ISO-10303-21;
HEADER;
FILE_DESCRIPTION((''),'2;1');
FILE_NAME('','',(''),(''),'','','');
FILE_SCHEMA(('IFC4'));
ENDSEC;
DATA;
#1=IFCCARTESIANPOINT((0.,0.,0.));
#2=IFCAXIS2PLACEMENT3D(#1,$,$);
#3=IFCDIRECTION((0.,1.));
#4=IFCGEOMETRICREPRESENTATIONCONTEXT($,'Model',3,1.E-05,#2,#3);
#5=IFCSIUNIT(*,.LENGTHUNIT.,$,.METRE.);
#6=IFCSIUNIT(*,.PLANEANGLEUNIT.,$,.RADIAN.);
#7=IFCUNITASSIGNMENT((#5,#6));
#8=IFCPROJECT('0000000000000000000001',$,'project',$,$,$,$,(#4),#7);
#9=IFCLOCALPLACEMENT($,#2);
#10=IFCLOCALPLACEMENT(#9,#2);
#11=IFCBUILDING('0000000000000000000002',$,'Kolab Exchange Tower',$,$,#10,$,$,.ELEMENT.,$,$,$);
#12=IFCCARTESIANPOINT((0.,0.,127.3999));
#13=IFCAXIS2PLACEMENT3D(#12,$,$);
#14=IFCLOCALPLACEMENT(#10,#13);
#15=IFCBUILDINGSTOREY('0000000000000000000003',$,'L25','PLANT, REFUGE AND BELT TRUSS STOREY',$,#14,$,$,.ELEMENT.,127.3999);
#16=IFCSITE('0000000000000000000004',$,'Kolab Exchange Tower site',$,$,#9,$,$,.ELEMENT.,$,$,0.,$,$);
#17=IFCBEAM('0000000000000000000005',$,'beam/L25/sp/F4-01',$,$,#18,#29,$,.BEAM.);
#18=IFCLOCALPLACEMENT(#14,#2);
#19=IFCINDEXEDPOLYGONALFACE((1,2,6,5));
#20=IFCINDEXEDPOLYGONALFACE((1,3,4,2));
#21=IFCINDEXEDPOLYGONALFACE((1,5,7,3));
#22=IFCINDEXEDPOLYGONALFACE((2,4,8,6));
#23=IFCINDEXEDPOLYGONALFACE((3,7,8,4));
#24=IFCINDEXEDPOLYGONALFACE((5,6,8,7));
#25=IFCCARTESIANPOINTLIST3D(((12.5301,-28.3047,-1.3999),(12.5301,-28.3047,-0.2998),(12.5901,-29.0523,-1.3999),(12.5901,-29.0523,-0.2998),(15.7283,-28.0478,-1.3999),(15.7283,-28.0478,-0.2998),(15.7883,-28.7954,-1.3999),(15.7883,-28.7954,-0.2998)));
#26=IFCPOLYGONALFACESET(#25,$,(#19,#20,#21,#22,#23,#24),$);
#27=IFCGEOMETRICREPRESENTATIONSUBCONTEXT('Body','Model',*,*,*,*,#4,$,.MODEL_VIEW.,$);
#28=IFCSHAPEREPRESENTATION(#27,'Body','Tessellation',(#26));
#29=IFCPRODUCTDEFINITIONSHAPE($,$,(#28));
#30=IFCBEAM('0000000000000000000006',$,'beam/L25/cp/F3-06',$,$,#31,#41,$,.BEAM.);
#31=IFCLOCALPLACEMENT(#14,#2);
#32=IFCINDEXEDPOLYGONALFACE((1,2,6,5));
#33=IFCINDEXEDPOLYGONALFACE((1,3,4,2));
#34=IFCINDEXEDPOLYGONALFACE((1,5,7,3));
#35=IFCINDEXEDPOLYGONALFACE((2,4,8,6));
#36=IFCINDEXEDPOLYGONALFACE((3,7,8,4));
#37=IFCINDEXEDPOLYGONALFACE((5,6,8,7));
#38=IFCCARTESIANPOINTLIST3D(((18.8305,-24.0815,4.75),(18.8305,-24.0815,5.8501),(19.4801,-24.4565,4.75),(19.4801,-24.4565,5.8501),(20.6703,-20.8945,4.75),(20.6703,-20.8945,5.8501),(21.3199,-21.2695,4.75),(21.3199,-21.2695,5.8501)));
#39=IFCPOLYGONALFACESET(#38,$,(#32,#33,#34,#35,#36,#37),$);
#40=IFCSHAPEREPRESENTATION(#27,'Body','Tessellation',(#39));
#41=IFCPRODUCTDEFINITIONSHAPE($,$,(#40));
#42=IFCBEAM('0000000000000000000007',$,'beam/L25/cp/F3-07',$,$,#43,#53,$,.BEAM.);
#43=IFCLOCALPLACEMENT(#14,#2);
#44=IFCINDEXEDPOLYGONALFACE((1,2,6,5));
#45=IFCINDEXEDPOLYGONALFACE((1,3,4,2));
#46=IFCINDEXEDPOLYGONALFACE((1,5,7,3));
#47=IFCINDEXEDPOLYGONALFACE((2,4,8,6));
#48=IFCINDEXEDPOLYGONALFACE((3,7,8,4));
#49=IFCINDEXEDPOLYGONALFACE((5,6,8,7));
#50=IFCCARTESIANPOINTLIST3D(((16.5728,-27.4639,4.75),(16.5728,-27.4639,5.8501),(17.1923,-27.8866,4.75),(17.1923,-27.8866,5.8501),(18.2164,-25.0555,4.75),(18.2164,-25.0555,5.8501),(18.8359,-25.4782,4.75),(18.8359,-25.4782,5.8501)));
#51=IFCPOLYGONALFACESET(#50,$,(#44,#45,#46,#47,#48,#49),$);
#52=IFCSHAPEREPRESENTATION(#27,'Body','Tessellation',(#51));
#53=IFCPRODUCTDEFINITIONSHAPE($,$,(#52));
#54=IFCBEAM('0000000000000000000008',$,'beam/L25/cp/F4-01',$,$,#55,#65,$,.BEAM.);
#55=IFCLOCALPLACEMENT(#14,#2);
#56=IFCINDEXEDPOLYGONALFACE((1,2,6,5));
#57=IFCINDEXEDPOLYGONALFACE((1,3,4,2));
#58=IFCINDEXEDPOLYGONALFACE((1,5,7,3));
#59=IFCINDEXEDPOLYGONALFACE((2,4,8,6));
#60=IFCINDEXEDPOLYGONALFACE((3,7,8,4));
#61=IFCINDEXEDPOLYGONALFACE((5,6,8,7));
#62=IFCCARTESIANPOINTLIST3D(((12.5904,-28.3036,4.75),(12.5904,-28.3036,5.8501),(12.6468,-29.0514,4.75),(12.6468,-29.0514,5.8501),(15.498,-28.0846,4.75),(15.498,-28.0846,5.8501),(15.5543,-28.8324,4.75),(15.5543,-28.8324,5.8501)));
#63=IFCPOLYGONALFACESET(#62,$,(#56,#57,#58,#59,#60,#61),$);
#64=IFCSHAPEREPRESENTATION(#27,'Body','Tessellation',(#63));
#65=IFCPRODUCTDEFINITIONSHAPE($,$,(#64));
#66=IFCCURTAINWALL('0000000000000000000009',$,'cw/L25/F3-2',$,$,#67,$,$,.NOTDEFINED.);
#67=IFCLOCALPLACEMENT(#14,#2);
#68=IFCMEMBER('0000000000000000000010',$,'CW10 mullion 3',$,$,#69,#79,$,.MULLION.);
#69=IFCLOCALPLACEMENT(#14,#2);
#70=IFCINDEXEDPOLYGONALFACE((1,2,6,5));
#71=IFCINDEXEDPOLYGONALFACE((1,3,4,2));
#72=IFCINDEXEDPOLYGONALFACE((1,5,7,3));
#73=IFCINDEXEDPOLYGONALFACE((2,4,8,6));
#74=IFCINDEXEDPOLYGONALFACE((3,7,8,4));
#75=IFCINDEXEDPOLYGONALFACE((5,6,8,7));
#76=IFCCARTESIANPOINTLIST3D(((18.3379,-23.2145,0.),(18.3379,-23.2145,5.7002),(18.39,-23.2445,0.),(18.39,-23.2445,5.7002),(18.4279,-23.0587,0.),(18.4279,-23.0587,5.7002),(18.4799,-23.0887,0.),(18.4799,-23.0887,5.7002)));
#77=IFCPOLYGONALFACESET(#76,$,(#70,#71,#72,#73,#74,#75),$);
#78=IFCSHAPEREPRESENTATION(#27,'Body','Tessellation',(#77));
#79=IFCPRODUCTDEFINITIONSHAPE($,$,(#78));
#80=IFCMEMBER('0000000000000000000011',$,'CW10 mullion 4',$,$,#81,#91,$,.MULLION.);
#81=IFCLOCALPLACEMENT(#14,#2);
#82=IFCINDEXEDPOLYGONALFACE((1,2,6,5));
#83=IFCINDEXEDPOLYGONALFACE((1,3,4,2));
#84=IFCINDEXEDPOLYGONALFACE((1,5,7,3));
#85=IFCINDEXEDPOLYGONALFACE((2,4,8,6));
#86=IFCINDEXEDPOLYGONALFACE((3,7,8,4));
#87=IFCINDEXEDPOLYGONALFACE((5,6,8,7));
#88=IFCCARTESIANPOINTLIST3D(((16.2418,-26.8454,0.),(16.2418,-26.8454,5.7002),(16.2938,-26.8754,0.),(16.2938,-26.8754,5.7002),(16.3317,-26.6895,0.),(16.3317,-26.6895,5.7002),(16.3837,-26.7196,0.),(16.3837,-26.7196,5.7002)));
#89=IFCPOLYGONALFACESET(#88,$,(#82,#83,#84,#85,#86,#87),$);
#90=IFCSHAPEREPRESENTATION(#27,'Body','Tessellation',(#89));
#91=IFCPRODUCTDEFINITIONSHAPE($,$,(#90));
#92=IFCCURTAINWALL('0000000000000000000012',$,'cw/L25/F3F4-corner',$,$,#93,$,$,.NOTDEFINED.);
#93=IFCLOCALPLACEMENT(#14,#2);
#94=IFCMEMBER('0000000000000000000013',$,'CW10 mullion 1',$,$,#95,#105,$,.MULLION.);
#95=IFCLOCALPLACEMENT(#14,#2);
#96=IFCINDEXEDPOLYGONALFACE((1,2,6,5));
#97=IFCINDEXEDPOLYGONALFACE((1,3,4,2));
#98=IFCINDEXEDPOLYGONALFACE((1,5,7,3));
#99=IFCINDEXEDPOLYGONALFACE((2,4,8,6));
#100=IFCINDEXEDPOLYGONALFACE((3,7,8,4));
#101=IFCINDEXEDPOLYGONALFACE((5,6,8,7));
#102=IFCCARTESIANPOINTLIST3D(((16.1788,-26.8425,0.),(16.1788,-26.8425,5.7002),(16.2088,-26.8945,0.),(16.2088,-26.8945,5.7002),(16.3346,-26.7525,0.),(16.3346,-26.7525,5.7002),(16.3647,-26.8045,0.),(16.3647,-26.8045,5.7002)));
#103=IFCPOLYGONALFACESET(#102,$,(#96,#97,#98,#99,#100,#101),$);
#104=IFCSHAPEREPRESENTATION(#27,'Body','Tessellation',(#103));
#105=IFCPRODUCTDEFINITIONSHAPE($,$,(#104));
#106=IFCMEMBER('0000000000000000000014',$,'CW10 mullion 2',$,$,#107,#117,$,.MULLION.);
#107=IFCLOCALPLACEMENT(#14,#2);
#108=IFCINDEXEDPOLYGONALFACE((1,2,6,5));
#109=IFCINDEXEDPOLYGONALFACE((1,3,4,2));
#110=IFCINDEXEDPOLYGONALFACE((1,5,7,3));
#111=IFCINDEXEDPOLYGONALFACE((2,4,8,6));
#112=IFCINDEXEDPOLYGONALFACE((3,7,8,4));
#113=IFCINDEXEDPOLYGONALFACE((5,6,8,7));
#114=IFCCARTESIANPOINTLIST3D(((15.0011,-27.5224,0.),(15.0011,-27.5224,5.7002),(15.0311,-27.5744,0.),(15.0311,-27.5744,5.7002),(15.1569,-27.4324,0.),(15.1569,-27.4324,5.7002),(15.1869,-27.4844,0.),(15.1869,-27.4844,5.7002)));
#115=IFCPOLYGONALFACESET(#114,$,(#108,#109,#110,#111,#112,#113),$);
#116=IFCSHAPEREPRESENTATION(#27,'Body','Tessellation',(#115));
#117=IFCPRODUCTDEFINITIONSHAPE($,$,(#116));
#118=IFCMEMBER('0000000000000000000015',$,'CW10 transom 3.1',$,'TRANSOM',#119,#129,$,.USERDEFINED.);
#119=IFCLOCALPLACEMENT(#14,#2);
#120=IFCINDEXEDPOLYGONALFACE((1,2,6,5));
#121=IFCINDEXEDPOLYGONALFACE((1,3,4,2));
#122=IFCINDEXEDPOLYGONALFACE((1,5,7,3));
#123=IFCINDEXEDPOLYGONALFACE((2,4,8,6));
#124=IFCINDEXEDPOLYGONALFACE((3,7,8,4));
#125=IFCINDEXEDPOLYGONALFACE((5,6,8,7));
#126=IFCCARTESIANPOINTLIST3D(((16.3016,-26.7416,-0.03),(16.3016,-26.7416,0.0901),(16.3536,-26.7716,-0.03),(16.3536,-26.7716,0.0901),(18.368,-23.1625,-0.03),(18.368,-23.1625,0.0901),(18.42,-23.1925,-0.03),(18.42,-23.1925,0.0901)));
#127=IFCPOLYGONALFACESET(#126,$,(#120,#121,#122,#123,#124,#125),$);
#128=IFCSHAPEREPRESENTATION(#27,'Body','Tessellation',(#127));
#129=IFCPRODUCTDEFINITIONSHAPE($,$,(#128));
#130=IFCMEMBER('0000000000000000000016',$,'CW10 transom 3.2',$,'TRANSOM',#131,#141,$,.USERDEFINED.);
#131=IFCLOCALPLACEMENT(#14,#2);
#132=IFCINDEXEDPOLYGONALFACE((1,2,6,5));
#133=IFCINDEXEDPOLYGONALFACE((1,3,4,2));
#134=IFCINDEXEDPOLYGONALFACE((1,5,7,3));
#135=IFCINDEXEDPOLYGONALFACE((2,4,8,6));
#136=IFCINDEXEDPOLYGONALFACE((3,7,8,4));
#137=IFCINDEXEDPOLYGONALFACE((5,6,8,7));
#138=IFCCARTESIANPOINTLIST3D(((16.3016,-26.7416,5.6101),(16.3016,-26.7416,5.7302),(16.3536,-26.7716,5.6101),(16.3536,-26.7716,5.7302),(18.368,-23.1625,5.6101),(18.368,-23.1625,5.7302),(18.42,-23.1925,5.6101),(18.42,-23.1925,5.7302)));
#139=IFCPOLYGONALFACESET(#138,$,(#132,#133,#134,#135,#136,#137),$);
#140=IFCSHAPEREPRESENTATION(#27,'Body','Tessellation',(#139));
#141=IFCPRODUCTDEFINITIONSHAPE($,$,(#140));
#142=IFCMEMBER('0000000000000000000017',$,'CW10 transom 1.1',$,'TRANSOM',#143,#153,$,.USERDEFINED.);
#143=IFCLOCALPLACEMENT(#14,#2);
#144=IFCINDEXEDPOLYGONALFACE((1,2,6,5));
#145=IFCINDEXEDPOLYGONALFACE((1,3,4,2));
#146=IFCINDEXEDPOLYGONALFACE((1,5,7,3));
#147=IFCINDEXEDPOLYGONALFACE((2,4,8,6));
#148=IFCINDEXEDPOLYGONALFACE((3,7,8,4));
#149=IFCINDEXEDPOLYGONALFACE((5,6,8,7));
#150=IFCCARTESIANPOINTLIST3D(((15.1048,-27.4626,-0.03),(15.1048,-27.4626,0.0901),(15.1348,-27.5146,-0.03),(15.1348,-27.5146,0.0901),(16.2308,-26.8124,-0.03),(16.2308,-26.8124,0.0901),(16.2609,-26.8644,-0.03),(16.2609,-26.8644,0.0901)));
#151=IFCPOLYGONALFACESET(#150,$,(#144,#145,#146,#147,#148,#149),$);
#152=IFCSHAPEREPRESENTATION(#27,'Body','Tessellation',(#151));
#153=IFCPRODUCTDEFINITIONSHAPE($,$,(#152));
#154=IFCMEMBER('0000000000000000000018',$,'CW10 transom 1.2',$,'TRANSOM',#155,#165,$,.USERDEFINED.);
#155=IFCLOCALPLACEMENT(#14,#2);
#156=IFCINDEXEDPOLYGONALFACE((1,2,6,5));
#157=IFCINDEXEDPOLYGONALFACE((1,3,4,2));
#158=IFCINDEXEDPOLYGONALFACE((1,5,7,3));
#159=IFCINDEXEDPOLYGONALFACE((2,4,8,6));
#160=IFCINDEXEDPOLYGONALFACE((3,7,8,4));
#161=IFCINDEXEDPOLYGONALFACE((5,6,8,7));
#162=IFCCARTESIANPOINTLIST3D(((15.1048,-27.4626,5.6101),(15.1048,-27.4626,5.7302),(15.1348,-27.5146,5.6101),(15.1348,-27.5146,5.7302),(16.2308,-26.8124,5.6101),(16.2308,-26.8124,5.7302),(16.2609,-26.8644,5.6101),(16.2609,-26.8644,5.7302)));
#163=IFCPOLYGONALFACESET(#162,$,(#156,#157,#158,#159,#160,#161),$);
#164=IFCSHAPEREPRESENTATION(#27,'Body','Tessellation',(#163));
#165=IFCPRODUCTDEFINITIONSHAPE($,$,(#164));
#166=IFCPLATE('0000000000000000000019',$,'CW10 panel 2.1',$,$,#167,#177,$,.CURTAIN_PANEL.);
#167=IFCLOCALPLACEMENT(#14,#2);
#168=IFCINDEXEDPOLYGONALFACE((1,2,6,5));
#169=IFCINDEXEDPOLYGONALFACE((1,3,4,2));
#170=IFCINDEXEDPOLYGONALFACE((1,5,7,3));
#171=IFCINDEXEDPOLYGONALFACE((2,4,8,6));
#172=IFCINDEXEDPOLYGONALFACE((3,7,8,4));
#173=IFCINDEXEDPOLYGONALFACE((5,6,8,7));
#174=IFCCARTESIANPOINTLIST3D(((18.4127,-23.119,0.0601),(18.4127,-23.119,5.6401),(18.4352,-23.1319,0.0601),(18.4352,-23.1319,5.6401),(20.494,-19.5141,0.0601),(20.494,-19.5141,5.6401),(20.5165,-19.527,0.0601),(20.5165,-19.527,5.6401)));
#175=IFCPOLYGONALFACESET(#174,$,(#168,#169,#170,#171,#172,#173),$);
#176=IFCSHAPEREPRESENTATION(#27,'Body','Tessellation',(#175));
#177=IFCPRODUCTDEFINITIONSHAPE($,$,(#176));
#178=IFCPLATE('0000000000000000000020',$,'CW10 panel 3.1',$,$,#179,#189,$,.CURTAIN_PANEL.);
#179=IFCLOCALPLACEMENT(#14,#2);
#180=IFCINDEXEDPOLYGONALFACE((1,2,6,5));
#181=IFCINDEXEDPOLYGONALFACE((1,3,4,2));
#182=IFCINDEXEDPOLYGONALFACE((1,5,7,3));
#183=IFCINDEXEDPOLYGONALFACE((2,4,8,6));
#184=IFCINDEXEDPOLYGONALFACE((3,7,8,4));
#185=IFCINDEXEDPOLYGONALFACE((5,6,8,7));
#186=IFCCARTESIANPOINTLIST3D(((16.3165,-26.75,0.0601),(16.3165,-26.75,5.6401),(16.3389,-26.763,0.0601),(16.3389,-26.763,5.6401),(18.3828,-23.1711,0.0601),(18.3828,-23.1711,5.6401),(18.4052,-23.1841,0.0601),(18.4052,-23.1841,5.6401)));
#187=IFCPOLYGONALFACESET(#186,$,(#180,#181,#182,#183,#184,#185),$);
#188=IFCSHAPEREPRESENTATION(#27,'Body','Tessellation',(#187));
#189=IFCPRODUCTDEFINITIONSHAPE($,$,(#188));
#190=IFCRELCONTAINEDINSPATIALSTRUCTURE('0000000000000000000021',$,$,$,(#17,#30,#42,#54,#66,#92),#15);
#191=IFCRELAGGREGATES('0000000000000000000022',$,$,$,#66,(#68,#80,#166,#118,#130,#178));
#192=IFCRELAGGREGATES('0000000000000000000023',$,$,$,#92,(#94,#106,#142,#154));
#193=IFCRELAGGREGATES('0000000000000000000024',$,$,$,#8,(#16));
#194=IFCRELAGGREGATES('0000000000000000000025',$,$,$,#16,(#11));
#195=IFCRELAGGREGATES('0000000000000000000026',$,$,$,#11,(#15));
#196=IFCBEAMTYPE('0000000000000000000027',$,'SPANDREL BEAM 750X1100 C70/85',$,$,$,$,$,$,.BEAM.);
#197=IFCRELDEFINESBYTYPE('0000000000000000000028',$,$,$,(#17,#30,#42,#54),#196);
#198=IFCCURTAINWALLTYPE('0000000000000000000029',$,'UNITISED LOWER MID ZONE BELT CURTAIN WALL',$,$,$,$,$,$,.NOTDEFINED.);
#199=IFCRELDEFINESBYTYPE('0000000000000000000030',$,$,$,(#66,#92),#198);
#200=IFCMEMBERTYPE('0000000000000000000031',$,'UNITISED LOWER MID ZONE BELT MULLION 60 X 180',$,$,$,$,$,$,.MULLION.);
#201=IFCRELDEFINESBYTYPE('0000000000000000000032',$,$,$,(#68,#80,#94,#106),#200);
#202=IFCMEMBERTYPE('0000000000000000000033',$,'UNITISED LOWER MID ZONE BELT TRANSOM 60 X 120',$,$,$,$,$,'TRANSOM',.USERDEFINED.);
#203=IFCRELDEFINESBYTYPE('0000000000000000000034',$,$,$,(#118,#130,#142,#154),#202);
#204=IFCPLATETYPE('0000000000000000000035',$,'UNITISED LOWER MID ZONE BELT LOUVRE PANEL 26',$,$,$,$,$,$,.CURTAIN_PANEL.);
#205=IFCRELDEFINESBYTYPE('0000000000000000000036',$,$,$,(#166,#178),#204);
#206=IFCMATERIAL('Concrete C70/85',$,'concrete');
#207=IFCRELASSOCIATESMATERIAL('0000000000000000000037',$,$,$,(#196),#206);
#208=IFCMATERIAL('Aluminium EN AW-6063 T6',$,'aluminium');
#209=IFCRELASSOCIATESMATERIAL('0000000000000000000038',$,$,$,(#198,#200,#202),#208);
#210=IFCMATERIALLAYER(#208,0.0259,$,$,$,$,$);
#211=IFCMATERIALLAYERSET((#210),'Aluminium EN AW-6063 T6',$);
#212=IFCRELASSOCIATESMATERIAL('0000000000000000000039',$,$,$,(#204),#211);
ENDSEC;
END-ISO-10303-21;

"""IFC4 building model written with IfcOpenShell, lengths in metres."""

from ifc_helpers import new_model, si_unit, direction, frame, origin, origin_2d, place, context, subcontext, project, spatial, rectangle, extrude, material, layer, layer_set, material_profile, profile_set, type_object, element, aggregate, save


model = new_model("IFC4")

# Units and contexts
model_context = context("Model", 3, precision=1e-05, world=origin(), true_north=direction((0.0, 1.0)))
body_context = subcontext(model_context, "Body", "Model", "MODEL_VIEW")
ifc_project = project(units=[si_unit("LENGTHUNIT", "METRE"), si_unit("PLANEANGLEUNIT", "RADIAN")], contexts=[model_context])

# Site, building, storey
site_placement = place(None, origin())
site = spatial("IfcSite", under=ifc_project, at=site_placement, Name="Kolab Exchange Tower site", CompositionType="ELEMENT", RefElevation=0.0)
building_placement = place(site_placement, origin())
building = spatial("IfcBuilding", under=site, at=building_placement, Name="Kolab Exchange Tower", CompositionType="ELEMENT")
storey_placement = place(building_placement, frame((0.0, 0.0, 127.3999)))
storey = spatial("IfcBuildingStorey", under=building, at=storey_placement, Name="L25", Description="PLANT, REFUGE AND BELT TRUSS STOREY", CompositionType="ELEMENT", Elevation=127.3999)

# Shared definitions
ifc_material_1 = material(Name="Concrete C70/85", Category="concrete")

# Beams
ifc_material_profile_1 = material_profile(ifc_material_1, rectangle(XDim=0.75, YDim=1.1001, at=origin_2d()), Name="RC750X1100")
ifc_profile_set_1 = profile_set([ifc_material_profile_1], Name="Concrete C70/85")
beam_type_1 = type_object("IfcBeamType", Name="SPANDREL BEAM 750X1100 C70/85", PredefinedType="BEAM", material=ifc_profile_set_1)
for number, where, z_axis, x_axis, name in (
    (1, (15.7583, -28.4216, -0.8499), (-0.996791, -0.080048, 0.0), (0.080048, -0.996791, 0.0), "beam/L25/sp/F4-01"),
):
    element("IfcBeam", number, at=place(storey_placement, frame(where, z_axis=z_axis, x_axis=x_axis)), inside=storey, type_object=beam_type_1, Name=name, PredefinedType="BEAM", context=body_context, shape_type="SweptSolid", body=[
        extrude(rectangle(XDim=0.75, YDim=1.1001, at=origin_2d()), origin(), (0.0, 0.0, 1.0), 3.2085),
    ])
beam_1_placement = place(storey_placement, frame((20.9951, -21.082, 5.3), z_axis=(-0.499964, -0.866046, 0.0), x_axis=(0.866046, -0.499964, 0.0)))
element("IfcBeam", 2, at=beam_1_placement, inside=storey, type_object=beam_type_1, Name="beam/L25/cp/F3-06", PredefinedType="BEAM", context=body_context, shape_type="SweptSolid", body=[
    extrude(rectangle(XDim=0.75, YDim=1.1001, at=origin_2d()), origin(), (0.0, 0.0, 1.0), 3.6799),
])
for number, where, z_axis, x_axis, name in (
    (3, (18.5261, -25.2668, 5.3), (-0.563672, -0.825999, 0.0), (0.825999, -0.563672, 0.0), "beam/L25/cp/F3-07"),
    (4, (15.5261, -28.4585, 5.3), (-0.997175, -0.075108, 0.0), (0.075108, -0.997175, 0.0), "beam/L25/cp/F4-01"),
):
    element("IfcBeam", number, at=place(storey_placement, frame(where, z_axis=z_axis, x_axis=x_axis)), inside=storey, type_object=beam_type_1, Name=name, PredefinedType="BEAM", context=body_context, shape_type="SweptSolid", body=[
        extrude(rectangle(XDim=0.75, YDim=1.1001, at=origin_2d()), origin(), (0.0, 0.0, 1.0), 2.9158),
    ])

# Curtain walls, members
ifc_material_2 = material(Name="Aluminium EN AW-6063 T6", Category="aluminium")
curtain_wall_type = type_object("IfcCurtainWallType", Name="UNITISED LOWER MID ZONE BELT CURTAIN WALL", PredefinedType="NOTDEFINED", material=ifc_material_2)
curtain_wall_1_placement = place(storey_placement, origin())
curtain_wall_1 = element("IfcCurtainWall", 5, at=curtain_wall_1_placement, inside=storey, type_object=curtain_wall_type, Name="cw/L25/F3-2", PredefinedType="NOTDEFINED")
ifc_material_profile_2 = material_profile(ifc_material_2, rectangle(XDim=0.0601, YDim=0.1799, at=origin_2d()), Name="RECT 60X180")
ifc_profile_set_2 = profile_set([ifc_material_profile_2], Name="Aluminium EN AW-6063 T6")
member_type_1 = type_object("IfcMemberType", Name="UNITISED LOWER MID ZONE BELT MULLION 60 X 180", PredefinedType="MULLION", material=ifc_profile_set_2)
member_1_placement = place(storey_placement, frame((18.4089, -23.1516, 0.0), z_axis=(0.0, 0.0, 1.0), x_axis=(0.866025, -0.5, 0.0)))
member_1 = element("IfcMember", 6, at=member_1_placement, type_object=member_type_1, Name="CW10 mullion 3", PredefinedType="MULLION", context=body_context, shape_type="SweptSolid", body=[
    extrude(rectangle(XDim=0.0601, YDim=0.1799, at=origin_2d()), origin(), (0.0, 0.0, 1.0), 5.7002),
])
member_2_placement = place(storey_placement, frame((16.3127, -26.7825, 0.0), z_axis=(0.0, 0.0, 1.0), x_axis=(0.866025, -0.5, 0.0)))
member_2 = element("IfcMember", 7, at=member_2_placement, type_object=member_type_1, Name="CW10 mullion 4", PredefinedType="MULLION", context=body_context, shape_type="SweptSolid", body=[
    extrude(rectangle(XDim=0.0601, YDim=0.1799, at=origin_2d()), origin(), (0.0, 0.0, 1.0), 5.7002),
])
curtain_wall_2_placement = place(storey_placement, origin())
curtain_wall_2 = element("IfcCurtainWall", 8, at=curtain_wall_2_placement, inside=storey, type_object=curtain_wall_type, Name="cw/L25/F3F4-corner", PredefinedType="NOTDEFINED")
member_3_placement = place(storey_placement, frame((16.2717, -26.8235, 0.0), z_axis=(0.0, 0.0, 1.0), x_axis=(0.5, -0.866025, 0.0)))
member_3 = element("IfcMember", 9, at=member_3_placement, type_object=member_type_1, Name="CW10 mullion 1", PredefinedType="MULLION", context=body_context, shape_type="SweptSolid", body=[
    extrude(rectangle(XDim=0.0601, YDim=0.1799, at=origin_2d()), origin(), (0.0, 0.0, 1.0), 5.7002),
])
member_4_placement = place(storey_placement, frame((15.094, -27.5034, 0.0), z_axis=(0.0, 0.0, 1.0), x_axis=(0.5, -0.866025, 0.0)))
member_4 = element("IfcMember", 10, at=member_4_placement, type_object=member_type_1, Name="CW10 mullion 2", PredefinedType="MULLION", context=body_context, shape_type="SweptSolid", body=[
    extrude(rectangle(XDim=0.0601, YDim=0.1799, at=origin_2d()), origin(), (0.0, 0.0, 1.0), 5.7002),
])

# Members
ifc_material_profile_3 = material_profile(ifc_material_2, rectangle(XDim=0.0601, YDim=0.1201, at=origin_2d()), Name="RECT 60X120")
ifc_profile_set_3 = profile_set([ifc_material_profile_3], Name="Aluminium EN AW-6063 T6")
member_type_2 = type_object("IfcMemberType", Name="UNITISED LOWER MID ZONE BELT TRANSOM 60 X 120", ElementType="TRANSOM", PredefinedType="USERDEFINED", material=ifc_profile_set_3)
member_5_placement = place(storey_placement, frame((18.394, -23.1775, 0.03), z_axis=(-0.500002, -0.866024, 0.0), x_axis=(0.866024, -0.500002, 0.0)))
member_5 = element("IfcMember", 11, at=member_5_placement, type_object=member_type_2, Name="CW10 transom 3.1", ObjectType="TRANSOM", PredefinedType="USERDEFINED", context=body_context, shape_type="SweptSolid", body=[
    extrude(rectangle(XDim=0.0601, YDim=0.1201, at=origin_2d()), origin(), (0.0, 0.0, 1.0), 4.1328),
])
member_6_placement = place(storey_placement, frame((18.394, -23.1775, 5.6702), z_axis=(-0.500002, -0.866024, 0.0), x_axis=(0.866024, -0.500002, 0.0)))
member_6 = element("IfcMember", 12, at=member_6_placement, type_object=member_type_2, Name="CW10 transom 3.2", ObjectType="TRANSOM", PredefinedType="USERDEFINED", context=body_context, shape_type="SweptSolid", body=[
    extrude(rectangle(XDim=0.0601, YDim=0.1201, at=origin_2d()), origin(), (0.0, 0.0, 1.0), 4.1328),
])
member_7_placement = place(storey_placement, frame((16.2458, -26.8384, 0.03), z_axis=(-0.866004, -0.500037, 0.0), x_axis=(0.500037, -0.866004, 0.0)))
member_7 = element("IfcMember", 13, at=member_7_placement, type_object=member_type_2, Name="CW10 transom 1.1", ObjectType="TRANSOM", PredefinedType="USERDEFINED", context=body_context, shape_type="SweptSolid", body=[
    extrude(rectangle(XDim=0.0601, YDim=0.1201, at=origin_2d()), origin(), (0.0, 0.0, 1.0), 1.3003),
])
member_8_placement = place(storey_placement, frame((16.2458, -26.8384, 5.6702), z_axis=(-0.866004, -0.500037, 0.0), x_axis=(0.500037, -0.866004, 0.0)))
member_8 = element("IfcMember", 14, at=member_8_placement, type_object=member_type_2, Name="CW10 transom 1.2", ObjectType="TRANSOM", PredefinedType="USERDEFINED", context=body_context, shape_type="SweptSolid", body=[
    extrude(rectangle(XDim=0.0601, YDim=0.1201, at=origin_2d()), origin(), (0.0, 0.0, 1.0), 1.3003),
])

# Plates
ifc_layer = layer(ifc_material_2, 0.0259)
ifc_layer_set = layer_set([ifc_layer], Name="Aluminium EN AW-6063 T6")
plate_type = type_object("IfcPlateType", Name="UNITISED LOWER MID ZONE BELT LOUVRE PANEL 26", PredefinedType="CURTAIN_PANEL", material=ifc_layer_set)
plate_1_placement = place(storey_placement, frame((19.4646, -21.323, 0.0601), z_axis=(0.0, 0.0, 1.0), x_axis=(-0.5, -0.866025, 0.0)))
plate_1 = element("IfcPlate", 15, at=plate_1_placement, type_object=plate_type, Name="CW10 panel 2.1", PredefinedType="CURTAIN_PANEL", context=body_context, shape_type="SweptSolid", body=[
    extrude(rectangle(XDim=4.1626, YDim=0.0259, at=origin_2d()), origin(), (0.0, 0.0, 1.0), 5.5801),
])
plate_2_placement = place(storey_placement, frame((17.3608, -24.967, 0.0601), z_axis=(0.0, 0.0, 1.0), x_axis=(-0.5, -0.866025, 0.0)))
plate_2 = element("IfcPlate", 16, at=plate_2_placement, type_object=plate_type, Name="CW10 panel 3.1", PredefinedType="CURTAIN_PANEL", context=body_context, shape_type="SweptSolid", body=[
    extrude(rectangle(XDim=4.1326, YDim=0.0259, at=origin_2d()), origin(), (0.0, 0.0, 1.0), 5.5801),
])
aggregate(curtain_wall_1, [member_1, member_2, plate_1, member_5, member_6, plate_2])
aggregate(curtain_wall_2, [member_3, member_4, member_7, member_8])

save(model, "model.ifc")
